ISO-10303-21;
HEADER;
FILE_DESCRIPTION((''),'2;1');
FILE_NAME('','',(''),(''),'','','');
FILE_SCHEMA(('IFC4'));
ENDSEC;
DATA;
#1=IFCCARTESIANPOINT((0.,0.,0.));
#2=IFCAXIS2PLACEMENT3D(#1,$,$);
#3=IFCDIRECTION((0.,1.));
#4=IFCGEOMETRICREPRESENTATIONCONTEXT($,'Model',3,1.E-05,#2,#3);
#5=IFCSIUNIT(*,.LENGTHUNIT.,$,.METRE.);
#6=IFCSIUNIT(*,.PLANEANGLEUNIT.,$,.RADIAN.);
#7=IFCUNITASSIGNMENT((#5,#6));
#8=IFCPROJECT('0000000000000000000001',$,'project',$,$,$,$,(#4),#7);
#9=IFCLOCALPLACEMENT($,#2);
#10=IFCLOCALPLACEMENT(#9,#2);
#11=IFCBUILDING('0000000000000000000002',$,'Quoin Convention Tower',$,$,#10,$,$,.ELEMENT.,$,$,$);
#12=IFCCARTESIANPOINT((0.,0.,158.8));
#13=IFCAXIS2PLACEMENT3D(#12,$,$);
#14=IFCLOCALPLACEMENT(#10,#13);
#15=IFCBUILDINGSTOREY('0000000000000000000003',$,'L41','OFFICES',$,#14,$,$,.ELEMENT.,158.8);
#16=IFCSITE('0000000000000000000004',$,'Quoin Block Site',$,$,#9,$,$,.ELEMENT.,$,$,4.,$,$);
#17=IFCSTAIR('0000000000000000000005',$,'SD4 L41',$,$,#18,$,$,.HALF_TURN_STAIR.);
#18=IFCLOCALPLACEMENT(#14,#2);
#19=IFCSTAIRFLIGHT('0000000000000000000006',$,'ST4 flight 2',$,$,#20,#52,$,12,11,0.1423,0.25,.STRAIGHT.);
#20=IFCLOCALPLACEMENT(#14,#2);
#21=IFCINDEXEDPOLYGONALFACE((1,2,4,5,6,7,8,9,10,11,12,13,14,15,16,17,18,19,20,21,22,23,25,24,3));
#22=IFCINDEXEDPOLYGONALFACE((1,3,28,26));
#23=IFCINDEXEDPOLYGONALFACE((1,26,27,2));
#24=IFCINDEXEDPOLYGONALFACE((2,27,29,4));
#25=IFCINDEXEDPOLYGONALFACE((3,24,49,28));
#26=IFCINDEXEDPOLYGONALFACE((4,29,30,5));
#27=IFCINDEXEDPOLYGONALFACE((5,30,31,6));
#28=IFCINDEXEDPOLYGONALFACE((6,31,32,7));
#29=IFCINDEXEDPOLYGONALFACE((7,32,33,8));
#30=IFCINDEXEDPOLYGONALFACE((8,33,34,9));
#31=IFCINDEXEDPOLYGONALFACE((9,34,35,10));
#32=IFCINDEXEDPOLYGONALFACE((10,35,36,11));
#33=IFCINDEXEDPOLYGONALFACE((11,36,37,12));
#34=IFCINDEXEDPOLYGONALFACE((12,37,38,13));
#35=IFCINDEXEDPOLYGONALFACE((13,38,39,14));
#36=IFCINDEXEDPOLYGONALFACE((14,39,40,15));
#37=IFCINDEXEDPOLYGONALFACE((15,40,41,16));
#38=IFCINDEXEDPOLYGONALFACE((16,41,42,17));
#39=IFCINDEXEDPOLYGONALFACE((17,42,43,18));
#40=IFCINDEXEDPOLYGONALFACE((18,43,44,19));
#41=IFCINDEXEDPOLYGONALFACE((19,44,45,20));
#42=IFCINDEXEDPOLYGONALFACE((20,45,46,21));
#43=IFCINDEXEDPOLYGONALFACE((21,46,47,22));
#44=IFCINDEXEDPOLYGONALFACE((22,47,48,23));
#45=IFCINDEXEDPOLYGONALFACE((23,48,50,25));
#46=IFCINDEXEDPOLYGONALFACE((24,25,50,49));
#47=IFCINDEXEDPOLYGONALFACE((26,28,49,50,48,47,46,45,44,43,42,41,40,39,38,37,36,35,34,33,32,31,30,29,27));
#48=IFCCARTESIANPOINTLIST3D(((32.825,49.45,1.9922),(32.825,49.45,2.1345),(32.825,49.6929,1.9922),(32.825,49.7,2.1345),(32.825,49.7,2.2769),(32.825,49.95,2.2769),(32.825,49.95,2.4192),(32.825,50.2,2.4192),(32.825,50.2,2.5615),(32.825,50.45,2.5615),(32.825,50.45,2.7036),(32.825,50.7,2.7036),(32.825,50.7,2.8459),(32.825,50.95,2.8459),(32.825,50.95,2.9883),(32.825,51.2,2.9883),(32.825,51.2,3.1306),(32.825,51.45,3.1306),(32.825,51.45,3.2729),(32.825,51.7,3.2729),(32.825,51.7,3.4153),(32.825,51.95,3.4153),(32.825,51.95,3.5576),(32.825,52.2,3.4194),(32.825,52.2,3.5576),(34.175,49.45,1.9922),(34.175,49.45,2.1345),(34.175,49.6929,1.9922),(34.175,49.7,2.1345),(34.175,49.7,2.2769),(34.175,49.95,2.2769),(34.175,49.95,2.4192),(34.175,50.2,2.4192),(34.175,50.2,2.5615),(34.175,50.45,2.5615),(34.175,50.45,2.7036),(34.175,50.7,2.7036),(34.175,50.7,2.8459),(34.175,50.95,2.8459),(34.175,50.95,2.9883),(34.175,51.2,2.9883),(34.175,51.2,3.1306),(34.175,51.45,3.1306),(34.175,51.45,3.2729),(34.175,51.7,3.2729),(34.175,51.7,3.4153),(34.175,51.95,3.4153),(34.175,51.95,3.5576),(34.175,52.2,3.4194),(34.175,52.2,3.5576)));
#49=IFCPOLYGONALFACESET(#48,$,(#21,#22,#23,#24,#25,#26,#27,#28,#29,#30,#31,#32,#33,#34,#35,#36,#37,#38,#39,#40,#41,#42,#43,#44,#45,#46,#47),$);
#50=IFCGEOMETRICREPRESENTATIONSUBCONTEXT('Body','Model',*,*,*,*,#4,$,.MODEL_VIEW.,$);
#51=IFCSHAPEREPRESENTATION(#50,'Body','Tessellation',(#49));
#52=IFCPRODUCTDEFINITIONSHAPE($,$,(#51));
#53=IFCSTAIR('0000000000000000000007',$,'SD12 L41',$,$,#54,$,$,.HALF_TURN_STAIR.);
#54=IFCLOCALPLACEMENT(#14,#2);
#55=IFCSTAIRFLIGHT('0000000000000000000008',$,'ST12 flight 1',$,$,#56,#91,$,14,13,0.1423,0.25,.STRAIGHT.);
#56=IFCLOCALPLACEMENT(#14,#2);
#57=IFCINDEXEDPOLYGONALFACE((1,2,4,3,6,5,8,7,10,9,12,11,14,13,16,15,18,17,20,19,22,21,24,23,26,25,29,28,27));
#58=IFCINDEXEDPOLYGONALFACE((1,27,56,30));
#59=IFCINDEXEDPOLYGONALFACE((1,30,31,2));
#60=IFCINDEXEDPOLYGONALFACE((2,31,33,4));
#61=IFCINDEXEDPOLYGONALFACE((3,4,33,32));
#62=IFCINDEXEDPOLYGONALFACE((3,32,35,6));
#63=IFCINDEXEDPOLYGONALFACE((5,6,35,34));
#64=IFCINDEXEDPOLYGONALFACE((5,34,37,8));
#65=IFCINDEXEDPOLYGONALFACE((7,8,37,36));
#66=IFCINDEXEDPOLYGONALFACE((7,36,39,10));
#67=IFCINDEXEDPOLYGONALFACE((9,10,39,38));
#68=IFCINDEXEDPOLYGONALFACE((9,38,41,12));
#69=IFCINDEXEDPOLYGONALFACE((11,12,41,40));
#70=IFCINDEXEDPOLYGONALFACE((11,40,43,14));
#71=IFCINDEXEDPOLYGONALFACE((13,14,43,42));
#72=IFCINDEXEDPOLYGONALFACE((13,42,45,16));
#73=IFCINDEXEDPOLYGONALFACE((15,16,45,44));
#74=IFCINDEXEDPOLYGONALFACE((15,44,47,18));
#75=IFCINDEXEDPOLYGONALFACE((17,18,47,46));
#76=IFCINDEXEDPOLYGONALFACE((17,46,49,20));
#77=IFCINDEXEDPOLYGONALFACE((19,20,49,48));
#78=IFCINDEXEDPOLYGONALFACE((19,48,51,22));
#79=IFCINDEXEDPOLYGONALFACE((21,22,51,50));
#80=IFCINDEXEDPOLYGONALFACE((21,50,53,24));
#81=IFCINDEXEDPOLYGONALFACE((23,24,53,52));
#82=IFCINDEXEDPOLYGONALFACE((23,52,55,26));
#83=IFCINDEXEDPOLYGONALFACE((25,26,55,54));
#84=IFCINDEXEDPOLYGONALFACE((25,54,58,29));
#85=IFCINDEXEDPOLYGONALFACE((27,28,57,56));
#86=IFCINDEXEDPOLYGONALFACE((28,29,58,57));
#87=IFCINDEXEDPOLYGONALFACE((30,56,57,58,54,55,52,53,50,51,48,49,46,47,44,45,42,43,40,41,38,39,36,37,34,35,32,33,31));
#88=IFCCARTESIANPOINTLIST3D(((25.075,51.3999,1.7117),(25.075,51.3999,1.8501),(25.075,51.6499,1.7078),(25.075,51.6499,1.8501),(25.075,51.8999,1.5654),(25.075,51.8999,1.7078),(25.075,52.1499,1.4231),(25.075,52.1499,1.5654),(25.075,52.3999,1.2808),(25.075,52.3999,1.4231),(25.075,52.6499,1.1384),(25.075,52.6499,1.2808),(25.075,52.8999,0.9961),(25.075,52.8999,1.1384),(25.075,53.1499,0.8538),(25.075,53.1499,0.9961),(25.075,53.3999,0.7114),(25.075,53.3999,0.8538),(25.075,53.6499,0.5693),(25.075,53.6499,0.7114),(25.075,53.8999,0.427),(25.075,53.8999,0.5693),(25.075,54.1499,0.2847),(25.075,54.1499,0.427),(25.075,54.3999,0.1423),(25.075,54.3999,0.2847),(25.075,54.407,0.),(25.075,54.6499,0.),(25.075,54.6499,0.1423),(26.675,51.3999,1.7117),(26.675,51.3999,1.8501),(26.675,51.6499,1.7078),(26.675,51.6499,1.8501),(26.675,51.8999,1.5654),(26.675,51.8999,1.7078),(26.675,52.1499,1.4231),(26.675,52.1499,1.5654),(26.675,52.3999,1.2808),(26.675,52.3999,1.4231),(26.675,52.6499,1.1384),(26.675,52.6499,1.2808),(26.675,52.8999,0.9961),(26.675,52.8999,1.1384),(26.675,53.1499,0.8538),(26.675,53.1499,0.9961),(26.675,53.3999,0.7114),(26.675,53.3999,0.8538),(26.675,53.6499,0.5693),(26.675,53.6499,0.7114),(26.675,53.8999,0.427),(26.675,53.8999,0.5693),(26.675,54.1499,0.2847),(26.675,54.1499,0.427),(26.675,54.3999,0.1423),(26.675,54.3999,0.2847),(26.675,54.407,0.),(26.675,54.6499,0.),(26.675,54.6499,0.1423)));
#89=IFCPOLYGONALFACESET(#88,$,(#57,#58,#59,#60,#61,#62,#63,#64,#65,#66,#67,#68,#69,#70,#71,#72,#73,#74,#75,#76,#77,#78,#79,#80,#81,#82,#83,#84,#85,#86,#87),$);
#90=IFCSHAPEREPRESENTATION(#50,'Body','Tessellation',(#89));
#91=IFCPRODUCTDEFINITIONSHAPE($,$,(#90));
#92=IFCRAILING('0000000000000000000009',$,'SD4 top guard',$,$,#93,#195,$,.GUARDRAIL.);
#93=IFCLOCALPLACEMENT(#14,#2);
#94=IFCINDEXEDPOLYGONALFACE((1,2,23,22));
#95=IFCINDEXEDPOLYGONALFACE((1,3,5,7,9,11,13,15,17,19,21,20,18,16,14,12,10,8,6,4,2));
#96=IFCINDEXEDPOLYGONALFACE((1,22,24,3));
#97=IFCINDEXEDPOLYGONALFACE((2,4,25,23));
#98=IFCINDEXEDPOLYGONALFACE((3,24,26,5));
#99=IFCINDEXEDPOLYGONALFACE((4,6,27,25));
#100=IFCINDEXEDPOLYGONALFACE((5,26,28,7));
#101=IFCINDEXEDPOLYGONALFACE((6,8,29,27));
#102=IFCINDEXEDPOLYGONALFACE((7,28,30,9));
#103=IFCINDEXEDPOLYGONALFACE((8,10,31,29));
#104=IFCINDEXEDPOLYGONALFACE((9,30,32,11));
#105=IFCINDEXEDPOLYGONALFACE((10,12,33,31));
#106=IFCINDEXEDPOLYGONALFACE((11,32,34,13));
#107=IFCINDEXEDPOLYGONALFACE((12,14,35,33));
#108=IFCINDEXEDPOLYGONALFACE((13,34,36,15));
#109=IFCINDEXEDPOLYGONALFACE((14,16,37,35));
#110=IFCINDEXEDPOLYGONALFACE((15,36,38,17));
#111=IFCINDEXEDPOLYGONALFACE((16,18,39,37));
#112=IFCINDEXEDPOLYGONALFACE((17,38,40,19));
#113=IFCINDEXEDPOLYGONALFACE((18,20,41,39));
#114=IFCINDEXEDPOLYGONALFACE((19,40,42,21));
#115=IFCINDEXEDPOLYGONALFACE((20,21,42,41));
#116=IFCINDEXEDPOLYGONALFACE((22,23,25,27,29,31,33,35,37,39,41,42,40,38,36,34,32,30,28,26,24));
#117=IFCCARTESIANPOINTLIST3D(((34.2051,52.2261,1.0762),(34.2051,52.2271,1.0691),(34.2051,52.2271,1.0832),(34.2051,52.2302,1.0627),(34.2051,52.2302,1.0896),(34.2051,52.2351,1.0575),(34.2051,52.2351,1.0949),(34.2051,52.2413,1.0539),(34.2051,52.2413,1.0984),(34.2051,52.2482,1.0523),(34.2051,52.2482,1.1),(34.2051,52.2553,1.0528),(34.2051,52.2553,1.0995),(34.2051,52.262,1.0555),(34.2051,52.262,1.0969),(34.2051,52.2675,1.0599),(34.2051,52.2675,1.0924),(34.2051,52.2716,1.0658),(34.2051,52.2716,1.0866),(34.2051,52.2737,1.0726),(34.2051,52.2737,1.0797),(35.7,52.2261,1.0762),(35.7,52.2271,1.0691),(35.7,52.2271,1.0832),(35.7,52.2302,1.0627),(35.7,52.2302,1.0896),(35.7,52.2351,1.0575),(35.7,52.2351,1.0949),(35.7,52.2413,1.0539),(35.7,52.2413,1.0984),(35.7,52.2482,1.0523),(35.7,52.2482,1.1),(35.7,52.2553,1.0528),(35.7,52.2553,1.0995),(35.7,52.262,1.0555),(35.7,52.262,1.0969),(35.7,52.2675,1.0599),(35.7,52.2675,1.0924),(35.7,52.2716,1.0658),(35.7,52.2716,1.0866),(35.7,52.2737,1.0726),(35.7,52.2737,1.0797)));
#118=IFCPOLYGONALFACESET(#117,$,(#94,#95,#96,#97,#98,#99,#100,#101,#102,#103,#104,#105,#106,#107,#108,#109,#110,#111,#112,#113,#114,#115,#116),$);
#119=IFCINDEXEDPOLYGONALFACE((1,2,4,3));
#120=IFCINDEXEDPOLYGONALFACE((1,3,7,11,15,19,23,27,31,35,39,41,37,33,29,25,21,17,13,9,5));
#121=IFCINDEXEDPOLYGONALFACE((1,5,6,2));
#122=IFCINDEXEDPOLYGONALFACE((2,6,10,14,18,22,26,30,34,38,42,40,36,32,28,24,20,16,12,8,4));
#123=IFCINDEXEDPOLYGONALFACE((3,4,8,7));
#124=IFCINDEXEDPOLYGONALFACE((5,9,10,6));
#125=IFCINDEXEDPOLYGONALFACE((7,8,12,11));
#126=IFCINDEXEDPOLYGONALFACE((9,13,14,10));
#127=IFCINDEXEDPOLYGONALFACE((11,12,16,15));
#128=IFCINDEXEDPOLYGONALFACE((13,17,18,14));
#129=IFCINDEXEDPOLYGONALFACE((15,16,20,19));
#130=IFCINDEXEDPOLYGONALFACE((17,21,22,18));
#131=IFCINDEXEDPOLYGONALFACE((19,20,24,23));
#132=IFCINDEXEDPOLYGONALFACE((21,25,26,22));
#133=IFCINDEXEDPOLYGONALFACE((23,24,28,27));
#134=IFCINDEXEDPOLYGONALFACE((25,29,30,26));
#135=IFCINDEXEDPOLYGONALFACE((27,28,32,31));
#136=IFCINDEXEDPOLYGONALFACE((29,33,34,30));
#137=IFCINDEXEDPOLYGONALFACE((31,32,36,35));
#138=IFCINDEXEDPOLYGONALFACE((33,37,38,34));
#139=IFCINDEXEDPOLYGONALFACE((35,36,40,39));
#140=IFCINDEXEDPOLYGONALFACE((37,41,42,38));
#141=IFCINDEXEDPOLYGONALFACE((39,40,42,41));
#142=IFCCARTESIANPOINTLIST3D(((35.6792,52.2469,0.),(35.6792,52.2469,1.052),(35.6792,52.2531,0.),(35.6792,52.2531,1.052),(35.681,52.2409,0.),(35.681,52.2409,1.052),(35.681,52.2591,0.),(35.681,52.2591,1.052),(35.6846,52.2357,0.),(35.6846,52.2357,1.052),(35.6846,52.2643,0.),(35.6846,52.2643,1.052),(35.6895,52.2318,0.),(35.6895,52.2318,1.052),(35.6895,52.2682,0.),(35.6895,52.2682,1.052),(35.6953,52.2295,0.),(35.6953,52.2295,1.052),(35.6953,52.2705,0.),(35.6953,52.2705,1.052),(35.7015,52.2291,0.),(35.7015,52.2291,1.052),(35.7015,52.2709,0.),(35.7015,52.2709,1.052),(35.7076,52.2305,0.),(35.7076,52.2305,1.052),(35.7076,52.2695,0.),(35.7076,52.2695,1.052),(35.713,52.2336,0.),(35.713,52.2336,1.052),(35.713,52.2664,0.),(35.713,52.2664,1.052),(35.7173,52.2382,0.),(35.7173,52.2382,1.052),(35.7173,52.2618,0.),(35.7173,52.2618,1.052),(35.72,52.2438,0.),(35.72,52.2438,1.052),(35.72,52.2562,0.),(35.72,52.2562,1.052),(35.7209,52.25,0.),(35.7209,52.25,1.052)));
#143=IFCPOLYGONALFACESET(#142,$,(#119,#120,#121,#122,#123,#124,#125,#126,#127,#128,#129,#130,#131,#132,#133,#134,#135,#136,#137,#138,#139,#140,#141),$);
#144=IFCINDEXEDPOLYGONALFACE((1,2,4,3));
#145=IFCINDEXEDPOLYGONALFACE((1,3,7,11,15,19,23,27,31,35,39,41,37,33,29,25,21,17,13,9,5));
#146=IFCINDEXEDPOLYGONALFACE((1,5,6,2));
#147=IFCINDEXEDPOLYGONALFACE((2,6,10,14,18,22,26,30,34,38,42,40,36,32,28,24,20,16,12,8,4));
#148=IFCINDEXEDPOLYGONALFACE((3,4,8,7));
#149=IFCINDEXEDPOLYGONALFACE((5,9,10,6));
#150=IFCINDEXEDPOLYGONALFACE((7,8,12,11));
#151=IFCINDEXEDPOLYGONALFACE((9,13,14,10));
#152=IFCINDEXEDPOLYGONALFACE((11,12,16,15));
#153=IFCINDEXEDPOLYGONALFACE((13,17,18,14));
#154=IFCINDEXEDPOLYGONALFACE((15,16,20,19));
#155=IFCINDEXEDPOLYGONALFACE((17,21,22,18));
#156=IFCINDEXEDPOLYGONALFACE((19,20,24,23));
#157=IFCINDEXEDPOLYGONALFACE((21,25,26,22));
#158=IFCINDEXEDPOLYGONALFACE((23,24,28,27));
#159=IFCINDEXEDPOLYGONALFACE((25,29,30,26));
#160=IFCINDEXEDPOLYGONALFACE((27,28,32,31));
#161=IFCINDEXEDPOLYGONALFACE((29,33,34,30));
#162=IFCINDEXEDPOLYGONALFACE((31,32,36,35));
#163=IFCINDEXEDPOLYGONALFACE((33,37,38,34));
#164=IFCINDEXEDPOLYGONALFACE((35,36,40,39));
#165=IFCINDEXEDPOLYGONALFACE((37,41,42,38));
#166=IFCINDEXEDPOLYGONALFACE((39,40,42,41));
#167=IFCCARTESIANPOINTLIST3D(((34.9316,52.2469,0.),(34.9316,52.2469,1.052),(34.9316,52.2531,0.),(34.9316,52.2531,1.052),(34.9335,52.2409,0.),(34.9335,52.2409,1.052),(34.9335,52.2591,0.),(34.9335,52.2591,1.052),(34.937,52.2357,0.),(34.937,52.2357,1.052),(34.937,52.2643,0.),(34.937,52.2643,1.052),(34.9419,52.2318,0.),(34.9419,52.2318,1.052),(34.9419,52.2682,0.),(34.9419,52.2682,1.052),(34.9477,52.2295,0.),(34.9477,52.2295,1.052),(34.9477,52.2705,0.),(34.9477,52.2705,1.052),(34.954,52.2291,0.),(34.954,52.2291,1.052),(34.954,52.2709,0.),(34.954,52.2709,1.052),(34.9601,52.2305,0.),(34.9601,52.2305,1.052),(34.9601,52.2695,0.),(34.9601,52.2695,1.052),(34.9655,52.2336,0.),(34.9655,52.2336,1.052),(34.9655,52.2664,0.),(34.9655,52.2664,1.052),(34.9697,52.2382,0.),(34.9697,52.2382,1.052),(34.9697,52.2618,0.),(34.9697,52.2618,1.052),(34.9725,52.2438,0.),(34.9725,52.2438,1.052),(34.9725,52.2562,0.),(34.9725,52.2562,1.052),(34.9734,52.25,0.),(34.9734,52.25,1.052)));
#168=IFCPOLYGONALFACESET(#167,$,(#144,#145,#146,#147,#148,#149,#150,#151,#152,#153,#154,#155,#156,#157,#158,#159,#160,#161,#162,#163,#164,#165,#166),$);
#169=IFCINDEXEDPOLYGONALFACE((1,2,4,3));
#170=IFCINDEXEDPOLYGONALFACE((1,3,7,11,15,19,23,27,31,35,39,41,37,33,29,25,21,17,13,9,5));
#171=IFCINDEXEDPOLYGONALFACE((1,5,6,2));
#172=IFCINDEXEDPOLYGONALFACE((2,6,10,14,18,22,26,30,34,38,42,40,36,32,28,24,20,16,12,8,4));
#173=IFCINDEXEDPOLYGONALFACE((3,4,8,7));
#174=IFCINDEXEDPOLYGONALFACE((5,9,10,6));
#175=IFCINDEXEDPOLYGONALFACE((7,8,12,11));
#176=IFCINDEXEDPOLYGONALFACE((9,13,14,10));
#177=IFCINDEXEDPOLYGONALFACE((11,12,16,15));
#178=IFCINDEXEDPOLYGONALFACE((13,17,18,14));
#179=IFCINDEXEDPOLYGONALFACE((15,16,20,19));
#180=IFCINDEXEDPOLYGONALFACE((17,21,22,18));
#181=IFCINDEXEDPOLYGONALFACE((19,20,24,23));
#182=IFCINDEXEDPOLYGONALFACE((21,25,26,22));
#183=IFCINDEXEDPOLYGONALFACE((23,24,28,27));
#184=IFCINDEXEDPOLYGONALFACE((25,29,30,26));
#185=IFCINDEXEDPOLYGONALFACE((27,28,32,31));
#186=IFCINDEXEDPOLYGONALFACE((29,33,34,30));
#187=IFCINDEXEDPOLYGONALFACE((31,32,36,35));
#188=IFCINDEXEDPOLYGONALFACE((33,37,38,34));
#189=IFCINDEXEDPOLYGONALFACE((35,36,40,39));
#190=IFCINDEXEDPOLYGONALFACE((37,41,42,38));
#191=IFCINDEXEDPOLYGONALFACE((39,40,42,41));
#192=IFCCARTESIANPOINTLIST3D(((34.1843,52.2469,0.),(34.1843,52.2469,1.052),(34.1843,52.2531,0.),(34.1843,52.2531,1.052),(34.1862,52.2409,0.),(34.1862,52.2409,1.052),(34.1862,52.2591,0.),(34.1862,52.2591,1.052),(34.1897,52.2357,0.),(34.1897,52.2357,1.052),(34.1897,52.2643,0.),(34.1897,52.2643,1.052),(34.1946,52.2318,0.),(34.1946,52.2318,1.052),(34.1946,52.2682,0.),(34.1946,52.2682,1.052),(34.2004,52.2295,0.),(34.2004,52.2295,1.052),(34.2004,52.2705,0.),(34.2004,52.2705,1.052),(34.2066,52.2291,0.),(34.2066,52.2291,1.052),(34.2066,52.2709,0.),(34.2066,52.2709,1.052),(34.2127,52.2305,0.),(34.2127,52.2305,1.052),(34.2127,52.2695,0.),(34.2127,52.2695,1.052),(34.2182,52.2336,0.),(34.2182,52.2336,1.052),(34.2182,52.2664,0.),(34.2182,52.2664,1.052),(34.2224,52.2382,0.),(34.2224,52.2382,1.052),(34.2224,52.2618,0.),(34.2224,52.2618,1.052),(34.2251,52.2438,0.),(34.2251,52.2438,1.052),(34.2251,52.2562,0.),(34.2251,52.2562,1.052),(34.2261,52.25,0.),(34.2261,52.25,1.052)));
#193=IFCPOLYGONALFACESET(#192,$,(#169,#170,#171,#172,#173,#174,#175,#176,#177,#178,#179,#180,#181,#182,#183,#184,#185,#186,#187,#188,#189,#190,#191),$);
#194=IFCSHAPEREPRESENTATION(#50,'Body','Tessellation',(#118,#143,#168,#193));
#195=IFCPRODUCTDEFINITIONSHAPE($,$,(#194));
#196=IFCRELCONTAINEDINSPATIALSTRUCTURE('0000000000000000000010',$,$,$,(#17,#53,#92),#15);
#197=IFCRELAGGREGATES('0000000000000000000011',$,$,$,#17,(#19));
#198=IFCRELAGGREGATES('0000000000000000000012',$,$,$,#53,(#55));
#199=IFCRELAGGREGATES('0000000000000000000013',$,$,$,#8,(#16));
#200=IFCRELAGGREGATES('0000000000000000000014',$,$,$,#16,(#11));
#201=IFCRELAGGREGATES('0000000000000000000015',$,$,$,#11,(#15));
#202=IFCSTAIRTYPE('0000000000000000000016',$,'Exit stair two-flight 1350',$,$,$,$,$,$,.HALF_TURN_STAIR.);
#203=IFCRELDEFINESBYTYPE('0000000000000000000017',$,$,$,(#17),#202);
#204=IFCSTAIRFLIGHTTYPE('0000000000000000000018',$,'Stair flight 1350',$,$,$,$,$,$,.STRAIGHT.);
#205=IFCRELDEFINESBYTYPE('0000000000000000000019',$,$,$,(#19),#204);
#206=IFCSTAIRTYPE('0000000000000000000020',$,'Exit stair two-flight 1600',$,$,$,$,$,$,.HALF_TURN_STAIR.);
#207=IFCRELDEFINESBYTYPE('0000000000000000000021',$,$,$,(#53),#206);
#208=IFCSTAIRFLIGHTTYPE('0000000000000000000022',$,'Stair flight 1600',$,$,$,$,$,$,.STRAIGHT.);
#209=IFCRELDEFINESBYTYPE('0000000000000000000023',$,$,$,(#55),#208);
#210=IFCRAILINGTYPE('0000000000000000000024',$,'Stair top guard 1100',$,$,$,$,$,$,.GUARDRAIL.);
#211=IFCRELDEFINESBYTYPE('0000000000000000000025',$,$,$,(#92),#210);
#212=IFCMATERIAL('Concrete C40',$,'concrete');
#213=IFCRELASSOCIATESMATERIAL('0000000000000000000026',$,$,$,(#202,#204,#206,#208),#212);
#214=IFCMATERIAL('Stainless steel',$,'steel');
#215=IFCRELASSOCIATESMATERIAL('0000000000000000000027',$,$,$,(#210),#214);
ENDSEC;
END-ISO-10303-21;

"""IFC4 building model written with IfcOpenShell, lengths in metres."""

from ifc_helpers import new_model, si_unit, direction, frame, origin, origin_2d, place, context, subcontext, project, spatial, polyline, circle, outline, extrude, material, type_object, element, aggregate, save


model = new_model("IFC4")

# Units and contexts
model_context = context("Model", 3, precision=1e-05, world=origin(), true_north=direction((0.0, 1.0)))
body_context = subcontext(model_context, "Body", "Model", "MODEL_VIEW")
ifc_project = project(units=[si_unit("LENGTHUNIT", "METRE"), si_unit("PLANEANGLEUNIT", "RADIAN")], contexts=[model_context])

# Site, building, storey
site_placement = place(None, origin())
site = spatial("IfcSite", under=ifc_project, at=site_placement, Name="Quoin Block Site", CompositionType="ELEMENT", RefElevation=4.0)
building_placement = place(site_placement, origin())
building = spatial("IfcBuilding", under=site, at=building_placement, Name="Quoin Convention Tower", CompositionType="ELEMENT")
storey_placement = place(building_placement, frame((0.0, 0.0, 158.8)))
storey = spatial("IfcBuildingStorey", under=building, at=storey_placement, Name="L41", Description="OFFICES", CompositionType="ELEMENT", Elevation=158.8)

# Shared definitions
ifc_material_1 = material(Name="Concrete C40", Category="concrete")
stair_type_1 = type_object("IfcStairType", Name="Exit stair two-flight 1350", PredefinedType="HALF_TURN_STAIR", material=ifc_material_1)
stair_flight_type_1 = type_object("IfcStairFlightType", Name="Stair flight 1350", PredefinedType="STRAIGHT", material=ifc_material_1)

# Stair, stair flight
stair_1_placement = place(storey_placement, origin())
stair_1 = element("IfcStair", 1, at=stair_1_placement, inside=storey, type_object=stair_type_1, Name="SD4 L41", PredefinedType="HALF_TURN_STAIR")
stair_flight_1_placement = place(storey_placement, frame((33.5, 49.45, 1.9922), z_axis=(0.0, 0.0, 1.0), x_axis=(0.0, 1.0, 0.0)))
stair_flight_1 = element("IfcStairFlight", 2, at=stair_flight_1_placement, type_object=stair_flight_type_1, Name="ST4 flight 2", NumberOfRisers=12, NumberOfTreads=11, PredefinedType="STRAIGHT", RiserHeight=0.1423, TreadLength=0.25, context=body_context, shape_type="SweptSolid", body=[
    extrude(outline(polyline([(0.0, 0.0), (0.0, 0.1423), (0.25, 0.1423), (0.25, 0.2847), (0.5, 0.2847), (0.5, 0.427), (0.75, 0.427), (0.75, 0.5693), (1.0, 0.5693), (1.0, 0.7114), (1.25, 0.7114), (1.25, 0.8538), (1.5, 0.8538), (1.5, 0.9961), (1.75, 0.9961), (1.75, 1.1384), (2.0, 1.1384), (2.0, 1.2808), (2.25, 1.2808), (2.25, 1.4231), (2.5, 1.4231), (2.5, 1.5654), (2.75, 1.5654), (2.75, 1.7078), (2.75, 1.4272), (0.2429, 0.0), (0.0, 0.0)])), frame((0.0, 0.675, 0.0), z_axis=(0.0, -1.0, 0.0), x_axis=(1.0, 0.0, 0.0)), (0.0, 0.0, 1.0), 1.3501),
])
aggregate(stair_1, [stair_flight_1])

# Stair, stair flight
stair_type_2 = type_object("IfcStairType", Name="Exit stair two-flight 1600", PredefinedType="HALF_TURN_STAIR", material=ifc_material_1)
stair_2_placement = place(storey_placement, origin())
stair_2 = element("IfcStair", 3, at=stair_2_placement, inside=storey, type_object=stair_type_2, Name="SD12 L41", PredefinedType="HALF_TURN_STAIR")
stair_flight_type_2 = type_object("IfcStairFlightType", Name="Stair flight 1600", PredefinedType="STRAIGHT", material=ifc_material_1)
stair_flight_2_placement = place(storey_placement, frame((25.875, 54.6499, 0.0), z_axis=(0.0, 0.0, 1.0), x_axis=(0.0, -1.0, 0.0)))
stair_flight_2 = element("IfcStairFlight", 4, at=stair_flight_2_placement, type_object=stair_flight_type_2, Name="ST12 flight 1", NumberOfRisers=14, NumberOfTreads=13, PredefinedType="STRAIGHT", RiserHeight=0.1423, TreadLength=0.25, context=body_context, shape_type="SweptSolid", body=[
    extrude(outline(polyline([(0.0, 0.0), (0.0, 0.1423), (0.25, 0.1423), (0.25, 0.2847), (0.5, 0.2847), (0.5, 0.427), (0.75, 0.427), (0.75, 0.5693), (1.0, 0.5693), (1.0, 0.7114), (1.25, 0.7114), (1.25, 0.8538), (1.5, 0.8538), (1.5, 0.9961), (1.75, 0.9961), (1.75, 1.1384), (2.0, 1.1384), (2.0, 1.2808), (2.25, 1.2808), (2.25, 1.4231), (2.5, 1.4231), (2.5, 1.5654), (2.75, 1.5654), (2.75, 1.7078), (3.0, 1.7078), (3.0, 1.8501), (3.25, 1.8501), (3.25, 1.9922), (3.25, 1.7117), (0.2429, 0.0), (0.0, 0.0)])), frame((0.0, 0.8, 0.0), z_axis=(0.0, -1.0, 0.0), x_axis=(1.0, 0.0, 0.0)), (0.0, 0.0, 1.0), 1.6001),
])
aggregate(stair_2, [stair_flight_2])

# Railing
ifc_material_2 = material(Name="Stainless steel", Category="steel")
railing_type_1 = type_object("IfcRailingType", Name="Stair top guard 1100", PredefinedType="GUARDRAIL", material=ifc_material_2)
railing_1_placement = place(storey_placement, frame((35.7, 52.25, 0.0)))
element("IfcRailing", 5, at=railing_1_placement, inside=storey, type_object=railing_type_1, Name="SD4 top guard", PredefinedType="GUARDRAIL", context=body_context, shape_type="SweptSolid", body=[
    extrude(circle(Radius=0.0239, at=origin_2d()), frame((0.0, 0.0, 1.0762), z_axis=(-1.0, 0.0, 0.0), x_axis=(0.0, -1.0, 0.0)), (0.0, 0.0, 1.0), 1.4949),
    extrude(circle(Radius=0.021, at=origin_2d()), origin(), (0.0, 0.0, 1.0), 1.052),
    extrude(circle(Radius=0.021, at=origin_2d()), frame((-0.7476, 0.0, 0.0)), (0.0, 0.0, 1.0), 1.052),
    extrude(circle(Radius=0.021, at=origin_2d()), frame((-1.4949, 0.0, 0.0)), (0.0, 0.0, 1.0), 1.052),
])

save(model, "model.ifc")
